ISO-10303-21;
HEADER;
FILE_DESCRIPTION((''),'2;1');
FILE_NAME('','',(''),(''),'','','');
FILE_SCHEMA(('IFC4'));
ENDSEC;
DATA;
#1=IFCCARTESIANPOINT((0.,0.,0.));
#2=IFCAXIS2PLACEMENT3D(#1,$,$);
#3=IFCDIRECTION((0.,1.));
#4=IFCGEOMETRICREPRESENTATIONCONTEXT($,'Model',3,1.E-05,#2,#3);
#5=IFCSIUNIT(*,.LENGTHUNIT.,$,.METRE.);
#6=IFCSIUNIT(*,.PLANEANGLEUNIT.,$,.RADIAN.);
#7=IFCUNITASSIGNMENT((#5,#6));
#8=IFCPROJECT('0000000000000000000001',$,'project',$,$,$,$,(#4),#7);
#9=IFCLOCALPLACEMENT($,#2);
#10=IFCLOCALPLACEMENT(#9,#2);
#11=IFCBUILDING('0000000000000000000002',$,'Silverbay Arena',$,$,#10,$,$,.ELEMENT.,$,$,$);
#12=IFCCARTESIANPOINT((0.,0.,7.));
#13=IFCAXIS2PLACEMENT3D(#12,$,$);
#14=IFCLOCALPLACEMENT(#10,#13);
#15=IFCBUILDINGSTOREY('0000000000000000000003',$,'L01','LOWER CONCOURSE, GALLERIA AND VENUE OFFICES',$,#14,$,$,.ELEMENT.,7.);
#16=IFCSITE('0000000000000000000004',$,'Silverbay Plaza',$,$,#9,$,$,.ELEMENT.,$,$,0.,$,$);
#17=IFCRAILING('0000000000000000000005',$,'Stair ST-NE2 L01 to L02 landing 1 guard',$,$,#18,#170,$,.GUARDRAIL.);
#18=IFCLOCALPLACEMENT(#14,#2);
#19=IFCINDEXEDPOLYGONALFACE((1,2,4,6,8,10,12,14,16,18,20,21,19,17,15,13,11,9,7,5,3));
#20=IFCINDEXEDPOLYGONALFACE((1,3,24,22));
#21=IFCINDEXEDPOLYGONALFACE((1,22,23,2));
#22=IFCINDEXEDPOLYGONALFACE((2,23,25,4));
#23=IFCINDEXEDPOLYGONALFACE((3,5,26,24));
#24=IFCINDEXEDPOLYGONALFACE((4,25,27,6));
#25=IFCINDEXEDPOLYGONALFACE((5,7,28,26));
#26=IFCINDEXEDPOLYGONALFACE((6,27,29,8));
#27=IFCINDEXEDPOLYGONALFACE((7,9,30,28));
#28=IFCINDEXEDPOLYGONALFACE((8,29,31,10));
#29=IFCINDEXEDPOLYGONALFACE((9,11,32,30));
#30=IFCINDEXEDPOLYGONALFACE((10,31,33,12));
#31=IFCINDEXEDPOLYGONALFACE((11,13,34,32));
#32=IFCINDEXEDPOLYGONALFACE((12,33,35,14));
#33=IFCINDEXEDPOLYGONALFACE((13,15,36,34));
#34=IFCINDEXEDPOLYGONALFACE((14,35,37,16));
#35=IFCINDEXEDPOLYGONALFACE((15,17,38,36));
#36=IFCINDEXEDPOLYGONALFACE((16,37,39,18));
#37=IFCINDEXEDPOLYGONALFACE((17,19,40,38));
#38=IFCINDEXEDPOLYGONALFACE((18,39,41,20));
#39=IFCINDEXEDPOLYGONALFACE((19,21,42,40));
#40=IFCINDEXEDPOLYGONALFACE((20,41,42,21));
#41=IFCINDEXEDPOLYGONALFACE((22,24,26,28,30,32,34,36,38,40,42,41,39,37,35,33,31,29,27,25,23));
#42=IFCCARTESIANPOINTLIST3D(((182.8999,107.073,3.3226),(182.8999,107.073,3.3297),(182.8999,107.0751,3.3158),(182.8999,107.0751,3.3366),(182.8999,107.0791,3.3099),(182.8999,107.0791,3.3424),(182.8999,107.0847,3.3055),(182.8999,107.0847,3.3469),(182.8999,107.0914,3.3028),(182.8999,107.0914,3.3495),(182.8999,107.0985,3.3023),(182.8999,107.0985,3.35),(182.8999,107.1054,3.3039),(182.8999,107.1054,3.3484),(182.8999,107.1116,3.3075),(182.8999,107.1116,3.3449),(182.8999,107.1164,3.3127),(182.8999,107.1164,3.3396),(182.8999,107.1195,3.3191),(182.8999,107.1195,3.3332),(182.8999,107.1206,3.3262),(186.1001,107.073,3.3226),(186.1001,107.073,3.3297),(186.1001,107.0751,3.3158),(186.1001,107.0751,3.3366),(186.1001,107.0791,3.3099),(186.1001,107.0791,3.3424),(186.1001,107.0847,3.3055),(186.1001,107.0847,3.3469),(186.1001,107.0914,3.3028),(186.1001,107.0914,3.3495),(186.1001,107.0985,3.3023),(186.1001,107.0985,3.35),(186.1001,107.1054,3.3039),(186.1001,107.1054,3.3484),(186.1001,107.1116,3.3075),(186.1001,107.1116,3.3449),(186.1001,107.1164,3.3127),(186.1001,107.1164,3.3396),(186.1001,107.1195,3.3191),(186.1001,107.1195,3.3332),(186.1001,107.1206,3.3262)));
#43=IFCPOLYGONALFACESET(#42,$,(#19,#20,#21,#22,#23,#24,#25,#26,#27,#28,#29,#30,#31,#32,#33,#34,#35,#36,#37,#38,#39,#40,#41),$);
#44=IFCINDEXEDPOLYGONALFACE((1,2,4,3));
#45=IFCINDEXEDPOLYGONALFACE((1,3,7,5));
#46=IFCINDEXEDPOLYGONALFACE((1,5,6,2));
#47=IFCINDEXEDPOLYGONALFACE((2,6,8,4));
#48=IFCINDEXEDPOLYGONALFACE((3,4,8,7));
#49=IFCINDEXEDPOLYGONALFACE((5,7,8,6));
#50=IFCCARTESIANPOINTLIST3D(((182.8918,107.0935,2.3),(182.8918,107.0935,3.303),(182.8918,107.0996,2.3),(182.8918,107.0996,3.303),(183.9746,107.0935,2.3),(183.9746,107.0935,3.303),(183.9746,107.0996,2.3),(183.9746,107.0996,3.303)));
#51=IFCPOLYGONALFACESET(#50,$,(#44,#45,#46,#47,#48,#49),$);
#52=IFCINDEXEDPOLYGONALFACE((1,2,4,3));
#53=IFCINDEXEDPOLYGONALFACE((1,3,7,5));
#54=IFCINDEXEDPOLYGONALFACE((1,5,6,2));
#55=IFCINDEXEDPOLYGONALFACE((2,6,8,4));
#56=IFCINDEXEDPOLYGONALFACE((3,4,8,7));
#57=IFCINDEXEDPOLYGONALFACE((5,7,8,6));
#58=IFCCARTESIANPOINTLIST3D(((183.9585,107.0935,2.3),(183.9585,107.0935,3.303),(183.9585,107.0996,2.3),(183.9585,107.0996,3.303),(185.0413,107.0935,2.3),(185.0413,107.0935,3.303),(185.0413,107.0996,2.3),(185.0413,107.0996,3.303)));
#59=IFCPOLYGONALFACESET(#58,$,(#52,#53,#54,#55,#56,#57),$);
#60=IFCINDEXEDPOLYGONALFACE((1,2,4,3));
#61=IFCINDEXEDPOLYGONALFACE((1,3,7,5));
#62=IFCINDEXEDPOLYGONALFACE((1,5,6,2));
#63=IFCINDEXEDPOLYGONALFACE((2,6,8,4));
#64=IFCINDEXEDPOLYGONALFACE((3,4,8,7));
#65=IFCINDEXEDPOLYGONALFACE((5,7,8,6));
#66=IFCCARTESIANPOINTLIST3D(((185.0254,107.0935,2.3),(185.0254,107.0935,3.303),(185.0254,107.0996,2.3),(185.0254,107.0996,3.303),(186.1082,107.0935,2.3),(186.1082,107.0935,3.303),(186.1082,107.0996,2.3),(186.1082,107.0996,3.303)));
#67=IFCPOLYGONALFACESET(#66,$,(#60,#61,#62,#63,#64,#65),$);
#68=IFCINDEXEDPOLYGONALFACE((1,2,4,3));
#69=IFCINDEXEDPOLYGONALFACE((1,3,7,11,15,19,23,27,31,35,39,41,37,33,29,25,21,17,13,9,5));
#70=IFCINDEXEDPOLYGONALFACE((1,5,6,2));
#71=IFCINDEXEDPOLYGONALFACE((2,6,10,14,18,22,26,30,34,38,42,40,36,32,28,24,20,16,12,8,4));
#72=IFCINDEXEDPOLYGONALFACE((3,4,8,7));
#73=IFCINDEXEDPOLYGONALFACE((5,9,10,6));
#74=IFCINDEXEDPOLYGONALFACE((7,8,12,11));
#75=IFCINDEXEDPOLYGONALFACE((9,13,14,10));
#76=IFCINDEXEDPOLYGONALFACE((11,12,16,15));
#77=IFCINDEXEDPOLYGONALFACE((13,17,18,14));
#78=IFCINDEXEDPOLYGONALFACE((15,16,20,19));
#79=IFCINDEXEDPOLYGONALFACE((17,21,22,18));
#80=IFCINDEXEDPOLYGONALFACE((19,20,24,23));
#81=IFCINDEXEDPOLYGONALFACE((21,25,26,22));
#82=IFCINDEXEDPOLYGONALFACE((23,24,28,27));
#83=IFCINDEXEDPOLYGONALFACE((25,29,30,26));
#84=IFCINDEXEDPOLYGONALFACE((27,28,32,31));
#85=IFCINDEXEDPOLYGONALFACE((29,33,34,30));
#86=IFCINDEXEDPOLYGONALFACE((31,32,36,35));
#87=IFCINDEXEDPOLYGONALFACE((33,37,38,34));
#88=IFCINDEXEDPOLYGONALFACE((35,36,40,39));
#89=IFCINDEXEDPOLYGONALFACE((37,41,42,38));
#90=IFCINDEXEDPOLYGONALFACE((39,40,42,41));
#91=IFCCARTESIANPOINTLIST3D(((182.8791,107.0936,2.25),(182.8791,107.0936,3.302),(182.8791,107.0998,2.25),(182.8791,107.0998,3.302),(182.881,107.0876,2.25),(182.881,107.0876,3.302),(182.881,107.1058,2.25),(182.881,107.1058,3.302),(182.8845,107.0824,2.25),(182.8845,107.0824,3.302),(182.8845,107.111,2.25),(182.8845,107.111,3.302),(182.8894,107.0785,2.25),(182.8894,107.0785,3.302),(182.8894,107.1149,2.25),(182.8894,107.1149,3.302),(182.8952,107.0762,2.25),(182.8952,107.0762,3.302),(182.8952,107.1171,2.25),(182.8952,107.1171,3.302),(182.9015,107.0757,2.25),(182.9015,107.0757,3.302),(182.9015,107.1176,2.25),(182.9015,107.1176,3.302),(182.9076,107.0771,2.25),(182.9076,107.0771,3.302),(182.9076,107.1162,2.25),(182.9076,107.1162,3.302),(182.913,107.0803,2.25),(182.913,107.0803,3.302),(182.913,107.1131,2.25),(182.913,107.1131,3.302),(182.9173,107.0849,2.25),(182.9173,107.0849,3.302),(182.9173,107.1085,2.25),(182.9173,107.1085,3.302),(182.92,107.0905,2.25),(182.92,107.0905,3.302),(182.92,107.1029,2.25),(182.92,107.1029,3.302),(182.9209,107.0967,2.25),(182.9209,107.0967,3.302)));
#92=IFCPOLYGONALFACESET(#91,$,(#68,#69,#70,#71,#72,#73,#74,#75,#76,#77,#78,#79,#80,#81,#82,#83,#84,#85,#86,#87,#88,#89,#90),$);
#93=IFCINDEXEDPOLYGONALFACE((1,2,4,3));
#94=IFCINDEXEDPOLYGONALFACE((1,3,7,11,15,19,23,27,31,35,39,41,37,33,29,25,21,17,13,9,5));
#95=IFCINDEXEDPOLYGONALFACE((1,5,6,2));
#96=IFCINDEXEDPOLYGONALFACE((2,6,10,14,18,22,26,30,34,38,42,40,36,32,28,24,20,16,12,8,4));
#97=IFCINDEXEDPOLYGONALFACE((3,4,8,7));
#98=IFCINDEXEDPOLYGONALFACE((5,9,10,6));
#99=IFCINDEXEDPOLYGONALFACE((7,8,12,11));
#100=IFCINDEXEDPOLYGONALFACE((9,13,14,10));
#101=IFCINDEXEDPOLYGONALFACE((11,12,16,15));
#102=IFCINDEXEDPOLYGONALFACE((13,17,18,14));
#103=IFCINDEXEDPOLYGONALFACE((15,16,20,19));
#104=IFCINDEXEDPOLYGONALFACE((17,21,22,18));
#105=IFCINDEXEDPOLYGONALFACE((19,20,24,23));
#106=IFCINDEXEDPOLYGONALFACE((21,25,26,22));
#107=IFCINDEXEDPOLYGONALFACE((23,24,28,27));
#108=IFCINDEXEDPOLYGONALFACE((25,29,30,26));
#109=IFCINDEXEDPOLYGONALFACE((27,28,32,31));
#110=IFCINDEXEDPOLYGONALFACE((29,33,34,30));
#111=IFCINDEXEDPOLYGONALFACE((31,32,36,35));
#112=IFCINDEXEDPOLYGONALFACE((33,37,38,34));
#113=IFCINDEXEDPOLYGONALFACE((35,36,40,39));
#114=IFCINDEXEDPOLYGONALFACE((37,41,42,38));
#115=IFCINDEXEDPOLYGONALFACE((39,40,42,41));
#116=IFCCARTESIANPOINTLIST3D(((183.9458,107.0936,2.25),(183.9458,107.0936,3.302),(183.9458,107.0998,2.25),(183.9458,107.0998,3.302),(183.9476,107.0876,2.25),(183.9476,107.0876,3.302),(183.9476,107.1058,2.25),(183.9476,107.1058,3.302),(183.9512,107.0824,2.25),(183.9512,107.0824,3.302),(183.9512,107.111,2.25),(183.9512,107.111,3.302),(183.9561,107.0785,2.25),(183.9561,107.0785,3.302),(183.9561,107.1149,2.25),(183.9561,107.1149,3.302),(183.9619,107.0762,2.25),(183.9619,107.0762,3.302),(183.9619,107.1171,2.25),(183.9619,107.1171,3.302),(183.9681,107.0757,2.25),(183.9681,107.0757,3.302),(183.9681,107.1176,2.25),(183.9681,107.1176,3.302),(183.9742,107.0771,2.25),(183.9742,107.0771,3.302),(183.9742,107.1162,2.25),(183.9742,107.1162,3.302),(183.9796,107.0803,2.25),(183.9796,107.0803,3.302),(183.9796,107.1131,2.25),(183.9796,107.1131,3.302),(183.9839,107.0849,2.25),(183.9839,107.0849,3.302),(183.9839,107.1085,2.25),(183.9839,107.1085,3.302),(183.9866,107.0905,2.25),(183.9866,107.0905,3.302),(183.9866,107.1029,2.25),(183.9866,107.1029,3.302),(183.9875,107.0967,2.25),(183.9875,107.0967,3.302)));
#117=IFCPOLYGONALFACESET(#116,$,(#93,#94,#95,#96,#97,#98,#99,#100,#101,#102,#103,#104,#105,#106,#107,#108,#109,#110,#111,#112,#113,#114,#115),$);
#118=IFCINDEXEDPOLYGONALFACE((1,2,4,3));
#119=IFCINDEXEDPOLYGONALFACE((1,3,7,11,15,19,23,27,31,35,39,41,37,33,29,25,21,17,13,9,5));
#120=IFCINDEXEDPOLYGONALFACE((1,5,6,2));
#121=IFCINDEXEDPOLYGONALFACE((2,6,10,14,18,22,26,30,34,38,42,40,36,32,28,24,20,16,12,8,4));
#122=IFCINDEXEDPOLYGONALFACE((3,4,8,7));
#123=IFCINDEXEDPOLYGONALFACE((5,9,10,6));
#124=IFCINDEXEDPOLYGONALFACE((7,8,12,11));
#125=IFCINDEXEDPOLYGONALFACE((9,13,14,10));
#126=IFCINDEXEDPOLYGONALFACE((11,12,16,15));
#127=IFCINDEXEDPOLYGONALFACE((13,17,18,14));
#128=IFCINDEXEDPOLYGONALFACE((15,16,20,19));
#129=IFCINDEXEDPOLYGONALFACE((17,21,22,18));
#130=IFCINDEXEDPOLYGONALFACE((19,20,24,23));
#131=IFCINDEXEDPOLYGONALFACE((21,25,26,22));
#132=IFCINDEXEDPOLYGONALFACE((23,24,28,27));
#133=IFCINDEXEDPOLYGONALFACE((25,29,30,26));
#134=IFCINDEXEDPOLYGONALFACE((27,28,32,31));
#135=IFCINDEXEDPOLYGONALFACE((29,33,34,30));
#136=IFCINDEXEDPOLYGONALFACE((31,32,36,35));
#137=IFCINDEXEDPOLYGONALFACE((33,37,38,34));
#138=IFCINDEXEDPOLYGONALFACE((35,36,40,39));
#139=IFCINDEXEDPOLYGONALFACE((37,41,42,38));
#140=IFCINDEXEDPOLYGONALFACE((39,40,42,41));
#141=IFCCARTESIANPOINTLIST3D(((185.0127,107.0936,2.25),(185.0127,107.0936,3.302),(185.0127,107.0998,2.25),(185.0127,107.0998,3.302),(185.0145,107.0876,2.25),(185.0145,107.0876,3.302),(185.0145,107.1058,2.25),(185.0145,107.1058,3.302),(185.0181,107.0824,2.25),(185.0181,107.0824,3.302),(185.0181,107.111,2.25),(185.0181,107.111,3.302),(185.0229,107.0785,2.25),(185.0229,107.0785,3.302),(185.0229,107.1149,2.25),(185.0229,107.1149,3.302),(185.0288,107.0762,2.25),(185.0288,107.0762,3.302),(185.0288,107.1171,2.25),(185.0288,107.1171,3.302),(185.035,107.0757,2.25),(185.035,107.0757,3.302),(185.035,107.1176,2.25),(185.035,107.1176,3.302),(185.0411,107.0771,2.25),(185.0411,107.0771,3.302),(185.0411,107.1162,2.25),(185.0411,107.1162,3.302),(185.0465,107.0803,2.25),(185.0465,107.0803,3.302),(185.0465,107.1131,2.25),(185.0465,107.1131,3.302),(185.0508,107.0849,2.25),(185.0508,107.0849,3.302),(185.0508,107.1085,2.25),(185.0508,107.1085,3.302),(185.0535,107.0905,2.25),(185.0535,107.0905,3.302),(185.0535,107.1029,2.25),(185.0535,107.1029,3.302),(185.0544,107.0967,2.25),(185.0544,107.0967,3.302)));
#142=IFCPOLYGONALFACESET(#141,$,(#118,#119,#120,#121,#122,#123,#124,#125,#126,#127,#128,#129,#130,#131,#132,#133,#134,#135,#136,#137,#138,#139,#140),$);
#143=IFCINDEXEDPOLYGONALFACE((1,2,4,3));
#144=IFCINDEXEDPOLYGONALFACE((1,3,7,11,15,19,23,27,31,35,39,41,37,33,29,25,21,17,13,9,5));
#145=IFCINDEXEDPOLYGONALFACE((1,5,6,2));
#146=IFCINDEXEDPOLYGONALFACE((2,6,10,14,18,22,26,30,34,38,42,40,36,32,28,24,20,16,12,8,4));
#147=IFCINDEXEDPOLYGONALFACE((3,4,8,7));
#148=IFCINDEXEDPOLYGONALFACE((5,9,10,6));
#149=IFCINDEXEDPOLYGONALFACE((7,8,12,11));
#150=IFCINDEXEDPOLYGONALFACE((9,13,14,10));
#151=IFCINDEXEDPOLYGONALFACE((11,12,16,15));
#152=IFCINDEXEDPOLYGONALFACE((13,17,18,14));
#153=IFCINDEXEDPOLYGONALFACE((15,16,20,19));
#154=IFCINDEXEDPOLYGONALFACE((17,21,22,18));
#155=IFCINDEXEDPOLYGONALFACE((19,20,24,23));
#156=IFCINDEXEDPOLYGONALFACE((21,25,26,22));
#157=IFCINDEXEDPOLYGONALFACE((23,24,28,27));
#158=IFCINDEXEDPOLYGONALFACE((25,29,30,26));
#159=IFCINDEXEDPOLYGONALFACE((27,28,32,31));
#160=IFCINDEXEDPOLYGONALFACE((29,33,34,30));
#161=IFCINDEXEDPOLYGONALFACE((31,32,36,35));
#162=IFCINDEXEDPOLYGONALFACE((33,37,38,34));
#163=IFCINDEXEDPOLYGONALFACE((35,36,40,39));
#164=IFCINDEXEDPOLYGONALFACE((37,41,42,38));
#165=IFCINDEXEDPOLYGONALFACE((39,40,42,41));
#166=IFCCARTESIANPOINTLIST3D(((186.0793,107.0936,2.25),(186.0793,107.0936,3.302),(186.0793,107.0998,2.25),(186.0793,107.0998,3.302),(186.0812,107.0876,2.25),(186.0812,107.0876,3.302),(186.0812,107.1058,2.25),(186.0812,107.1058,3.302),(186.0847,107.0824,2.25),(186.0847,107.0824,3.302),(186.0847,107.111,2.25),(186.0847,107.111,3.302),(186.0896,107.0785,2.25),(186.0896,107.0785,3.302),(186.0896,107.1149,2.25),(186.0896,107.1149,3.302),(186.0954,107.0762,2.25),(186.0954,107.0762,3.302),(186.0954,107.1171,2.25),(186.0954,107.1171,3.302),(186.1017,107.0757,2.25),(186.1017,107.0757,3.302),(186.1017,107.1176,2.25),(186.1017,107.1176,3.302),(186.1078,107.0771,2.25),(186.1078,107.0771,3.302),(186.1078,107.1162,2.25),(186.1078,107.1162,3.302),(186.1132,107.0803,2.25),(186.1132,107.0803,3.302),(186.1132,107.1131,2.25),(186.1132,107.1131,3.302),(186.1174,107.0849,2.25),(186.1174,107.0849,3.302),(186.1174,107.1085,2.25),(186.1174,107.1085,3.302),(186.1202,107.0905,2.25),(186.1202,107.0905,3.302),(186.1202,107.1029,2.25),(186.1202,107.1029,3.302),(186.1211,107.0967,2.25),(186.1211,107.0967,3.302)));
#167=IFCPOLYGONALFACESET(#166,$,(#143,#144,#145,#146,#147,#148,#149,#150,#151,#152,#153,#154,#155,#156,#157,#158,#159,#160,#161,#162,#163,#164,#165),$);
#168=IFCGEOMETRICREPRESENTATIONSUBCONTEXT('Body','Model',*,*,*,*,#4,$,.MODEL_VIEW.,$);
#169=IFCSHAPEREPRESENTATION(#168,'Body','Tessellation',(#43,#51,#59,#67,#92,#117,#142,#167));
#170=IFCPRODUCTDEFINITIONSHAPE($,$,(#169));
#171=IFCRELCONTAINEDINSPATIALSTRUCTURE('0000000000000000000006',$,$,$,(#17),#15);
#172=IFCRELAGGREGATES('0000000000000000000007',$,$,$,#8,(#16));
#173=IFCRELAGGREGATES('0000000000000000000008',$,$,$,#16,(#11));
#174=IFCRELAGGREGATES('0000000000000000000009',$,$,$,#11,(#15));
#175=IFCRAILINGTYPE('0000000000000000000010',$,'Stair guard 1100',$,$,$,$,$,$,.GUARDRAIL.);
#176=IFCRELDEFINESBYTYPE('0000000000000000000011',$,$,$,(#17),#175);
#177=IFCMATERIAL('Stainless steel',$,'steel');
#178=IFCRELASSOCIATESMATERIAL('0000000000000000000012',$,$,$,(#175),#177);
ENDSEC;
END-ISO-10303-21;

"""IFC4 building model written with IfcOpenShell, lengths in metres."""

from ifc_helpers import new_model, si_unit, direction, frame, origin, origin_2d, place, context, subcontext, project, spatial, polyline, circle, outline, extrude, material, type_object, element, save


model = new_model("IFC4")

# Units and contexts
model_context = context("Model", 3, precision=1e-05, world=origin(), true_north=direction((0.0, 1.0)))
body_context = subcontext(model_context, "Body", "Model", "MODEL_VIEW")
ifc_project = project(units=[si_unit("LENGTHUNIT", "METRE"), si_unit("PLANEANGLEUNIT", "RADIAN")], contexts=[model_context])

# Site, building, storey
site_placement = place(None, origin())
site = spatial("IfcSite", under=ifc_project, at=site_placement, Name="Silverbay Plaza", CompositionType="ELEMENT", RefElevation=0.0)
building_placement = place(site_placement, origin())
building = spatial("IfcBuilding", under=site, at=building_placement, Name="Silverbay Arena", CompositionType="ELEMENT")
storey_placement = place(building_placement, frame((0.0, 0.0, 7.0)))
storey = spatial("IfcBuildingStorey", under=building, at=storey_placement, Name="L01", Description="LOWER CONCOURSE, GALLERIA AND VENUE OFFICES", CompositionType="ELEMENT", Elevation=7.0)

# Railing
ifc_material_1 = material(Name="Stainless steel", Category="steel")
railing_type_1 = type_object("IfcRailingType", Name="Stair guard 1100", PredefinedType="GUARDRAIL", material=ifc_material_1)
for number, where, name in (
    (1, (182.8999, 107.0967, 2.25), "Stair ST-NE2 L01 to L02 landing 1 guard"),
):
    element("IfcRailing", number, at=place(storey_placement, frame(where)), inside=storey, type_object=railing_type_1, Name=name, PredefinedType="GUARDRAIL", context=body_context, shape_type="SweptSolid", body=[
        extrude(circle(Radius=0.0239, at=origin_2d()), frame((0.0, 0.0, 1.0762), z_axis=(1.0, 0.0, 0.0), x_axis=(0.0, 1.0, 0.0)), (0.0, 0.0, 1.0), 3.2002),
        extrude(outline(polyline([(-0.0081, 0.05), (1.0747, 0.05), (1.0747, 1.053), (-0.0081, 1.053), (-0.0081, 0.05)])), frame((0.0, 0.0029, 0.0), z_axis=(0.0, -1.0, 0.0), x_axis=(1.0, 0.0, 0.0)), (0.0, 0.0, 1.0), 0.0061),
        extrude(outline(polyline([(-0.0081, 0.05), (1.0747, 0.05), (1.0747, 1.053), (-0.0081, 1.053), (-0.0081, 0.05)])), frame((1.0667, 0.0029, 0.0), z_axis=(0.0, -1.0, 0.0), x_axis=(1.0, 0.0, 0.0)), (0.0, 0.0, 1.0), 0.0061),
        extrude(outline(polyline([(-0.0081, 0.05), (1.0747, 0.05), (1.0747, 1.053), (-0.0081, 1.053), (-0.0081, 0.05)])), frame((2.1335, 0.0029, 0.0), z_axis=(0.0, -1.0, 0.0), x_axis=(1.0, 0.0, 0.0)), (0.0, 0.0, 1.0), 0.0061),
        extrude(circle(Radius=0.021, at=origin_2d()), origin(), (0.0, 0.0, 1.0), 1.052),
        extrude(circle(Radius=0.021, at=origin_2d()), frame((1.0667, 0.0, 0.0)), (0.0, 0.0, 1.0), 1.052),
        extrude(circle(Radius=0.021, at=origin_2d()), frame((2.1335, 0.0, 0.0)), (0.0, 0.0, 1.0), 1.052),
        extrude(circle(Radius=0.021, at=origin_2d()), frame((3.2002, 0.0, 0.0)), (0.0, 0.0, 1.0), 1.052),
    ])

save(model, "model.ifc")
